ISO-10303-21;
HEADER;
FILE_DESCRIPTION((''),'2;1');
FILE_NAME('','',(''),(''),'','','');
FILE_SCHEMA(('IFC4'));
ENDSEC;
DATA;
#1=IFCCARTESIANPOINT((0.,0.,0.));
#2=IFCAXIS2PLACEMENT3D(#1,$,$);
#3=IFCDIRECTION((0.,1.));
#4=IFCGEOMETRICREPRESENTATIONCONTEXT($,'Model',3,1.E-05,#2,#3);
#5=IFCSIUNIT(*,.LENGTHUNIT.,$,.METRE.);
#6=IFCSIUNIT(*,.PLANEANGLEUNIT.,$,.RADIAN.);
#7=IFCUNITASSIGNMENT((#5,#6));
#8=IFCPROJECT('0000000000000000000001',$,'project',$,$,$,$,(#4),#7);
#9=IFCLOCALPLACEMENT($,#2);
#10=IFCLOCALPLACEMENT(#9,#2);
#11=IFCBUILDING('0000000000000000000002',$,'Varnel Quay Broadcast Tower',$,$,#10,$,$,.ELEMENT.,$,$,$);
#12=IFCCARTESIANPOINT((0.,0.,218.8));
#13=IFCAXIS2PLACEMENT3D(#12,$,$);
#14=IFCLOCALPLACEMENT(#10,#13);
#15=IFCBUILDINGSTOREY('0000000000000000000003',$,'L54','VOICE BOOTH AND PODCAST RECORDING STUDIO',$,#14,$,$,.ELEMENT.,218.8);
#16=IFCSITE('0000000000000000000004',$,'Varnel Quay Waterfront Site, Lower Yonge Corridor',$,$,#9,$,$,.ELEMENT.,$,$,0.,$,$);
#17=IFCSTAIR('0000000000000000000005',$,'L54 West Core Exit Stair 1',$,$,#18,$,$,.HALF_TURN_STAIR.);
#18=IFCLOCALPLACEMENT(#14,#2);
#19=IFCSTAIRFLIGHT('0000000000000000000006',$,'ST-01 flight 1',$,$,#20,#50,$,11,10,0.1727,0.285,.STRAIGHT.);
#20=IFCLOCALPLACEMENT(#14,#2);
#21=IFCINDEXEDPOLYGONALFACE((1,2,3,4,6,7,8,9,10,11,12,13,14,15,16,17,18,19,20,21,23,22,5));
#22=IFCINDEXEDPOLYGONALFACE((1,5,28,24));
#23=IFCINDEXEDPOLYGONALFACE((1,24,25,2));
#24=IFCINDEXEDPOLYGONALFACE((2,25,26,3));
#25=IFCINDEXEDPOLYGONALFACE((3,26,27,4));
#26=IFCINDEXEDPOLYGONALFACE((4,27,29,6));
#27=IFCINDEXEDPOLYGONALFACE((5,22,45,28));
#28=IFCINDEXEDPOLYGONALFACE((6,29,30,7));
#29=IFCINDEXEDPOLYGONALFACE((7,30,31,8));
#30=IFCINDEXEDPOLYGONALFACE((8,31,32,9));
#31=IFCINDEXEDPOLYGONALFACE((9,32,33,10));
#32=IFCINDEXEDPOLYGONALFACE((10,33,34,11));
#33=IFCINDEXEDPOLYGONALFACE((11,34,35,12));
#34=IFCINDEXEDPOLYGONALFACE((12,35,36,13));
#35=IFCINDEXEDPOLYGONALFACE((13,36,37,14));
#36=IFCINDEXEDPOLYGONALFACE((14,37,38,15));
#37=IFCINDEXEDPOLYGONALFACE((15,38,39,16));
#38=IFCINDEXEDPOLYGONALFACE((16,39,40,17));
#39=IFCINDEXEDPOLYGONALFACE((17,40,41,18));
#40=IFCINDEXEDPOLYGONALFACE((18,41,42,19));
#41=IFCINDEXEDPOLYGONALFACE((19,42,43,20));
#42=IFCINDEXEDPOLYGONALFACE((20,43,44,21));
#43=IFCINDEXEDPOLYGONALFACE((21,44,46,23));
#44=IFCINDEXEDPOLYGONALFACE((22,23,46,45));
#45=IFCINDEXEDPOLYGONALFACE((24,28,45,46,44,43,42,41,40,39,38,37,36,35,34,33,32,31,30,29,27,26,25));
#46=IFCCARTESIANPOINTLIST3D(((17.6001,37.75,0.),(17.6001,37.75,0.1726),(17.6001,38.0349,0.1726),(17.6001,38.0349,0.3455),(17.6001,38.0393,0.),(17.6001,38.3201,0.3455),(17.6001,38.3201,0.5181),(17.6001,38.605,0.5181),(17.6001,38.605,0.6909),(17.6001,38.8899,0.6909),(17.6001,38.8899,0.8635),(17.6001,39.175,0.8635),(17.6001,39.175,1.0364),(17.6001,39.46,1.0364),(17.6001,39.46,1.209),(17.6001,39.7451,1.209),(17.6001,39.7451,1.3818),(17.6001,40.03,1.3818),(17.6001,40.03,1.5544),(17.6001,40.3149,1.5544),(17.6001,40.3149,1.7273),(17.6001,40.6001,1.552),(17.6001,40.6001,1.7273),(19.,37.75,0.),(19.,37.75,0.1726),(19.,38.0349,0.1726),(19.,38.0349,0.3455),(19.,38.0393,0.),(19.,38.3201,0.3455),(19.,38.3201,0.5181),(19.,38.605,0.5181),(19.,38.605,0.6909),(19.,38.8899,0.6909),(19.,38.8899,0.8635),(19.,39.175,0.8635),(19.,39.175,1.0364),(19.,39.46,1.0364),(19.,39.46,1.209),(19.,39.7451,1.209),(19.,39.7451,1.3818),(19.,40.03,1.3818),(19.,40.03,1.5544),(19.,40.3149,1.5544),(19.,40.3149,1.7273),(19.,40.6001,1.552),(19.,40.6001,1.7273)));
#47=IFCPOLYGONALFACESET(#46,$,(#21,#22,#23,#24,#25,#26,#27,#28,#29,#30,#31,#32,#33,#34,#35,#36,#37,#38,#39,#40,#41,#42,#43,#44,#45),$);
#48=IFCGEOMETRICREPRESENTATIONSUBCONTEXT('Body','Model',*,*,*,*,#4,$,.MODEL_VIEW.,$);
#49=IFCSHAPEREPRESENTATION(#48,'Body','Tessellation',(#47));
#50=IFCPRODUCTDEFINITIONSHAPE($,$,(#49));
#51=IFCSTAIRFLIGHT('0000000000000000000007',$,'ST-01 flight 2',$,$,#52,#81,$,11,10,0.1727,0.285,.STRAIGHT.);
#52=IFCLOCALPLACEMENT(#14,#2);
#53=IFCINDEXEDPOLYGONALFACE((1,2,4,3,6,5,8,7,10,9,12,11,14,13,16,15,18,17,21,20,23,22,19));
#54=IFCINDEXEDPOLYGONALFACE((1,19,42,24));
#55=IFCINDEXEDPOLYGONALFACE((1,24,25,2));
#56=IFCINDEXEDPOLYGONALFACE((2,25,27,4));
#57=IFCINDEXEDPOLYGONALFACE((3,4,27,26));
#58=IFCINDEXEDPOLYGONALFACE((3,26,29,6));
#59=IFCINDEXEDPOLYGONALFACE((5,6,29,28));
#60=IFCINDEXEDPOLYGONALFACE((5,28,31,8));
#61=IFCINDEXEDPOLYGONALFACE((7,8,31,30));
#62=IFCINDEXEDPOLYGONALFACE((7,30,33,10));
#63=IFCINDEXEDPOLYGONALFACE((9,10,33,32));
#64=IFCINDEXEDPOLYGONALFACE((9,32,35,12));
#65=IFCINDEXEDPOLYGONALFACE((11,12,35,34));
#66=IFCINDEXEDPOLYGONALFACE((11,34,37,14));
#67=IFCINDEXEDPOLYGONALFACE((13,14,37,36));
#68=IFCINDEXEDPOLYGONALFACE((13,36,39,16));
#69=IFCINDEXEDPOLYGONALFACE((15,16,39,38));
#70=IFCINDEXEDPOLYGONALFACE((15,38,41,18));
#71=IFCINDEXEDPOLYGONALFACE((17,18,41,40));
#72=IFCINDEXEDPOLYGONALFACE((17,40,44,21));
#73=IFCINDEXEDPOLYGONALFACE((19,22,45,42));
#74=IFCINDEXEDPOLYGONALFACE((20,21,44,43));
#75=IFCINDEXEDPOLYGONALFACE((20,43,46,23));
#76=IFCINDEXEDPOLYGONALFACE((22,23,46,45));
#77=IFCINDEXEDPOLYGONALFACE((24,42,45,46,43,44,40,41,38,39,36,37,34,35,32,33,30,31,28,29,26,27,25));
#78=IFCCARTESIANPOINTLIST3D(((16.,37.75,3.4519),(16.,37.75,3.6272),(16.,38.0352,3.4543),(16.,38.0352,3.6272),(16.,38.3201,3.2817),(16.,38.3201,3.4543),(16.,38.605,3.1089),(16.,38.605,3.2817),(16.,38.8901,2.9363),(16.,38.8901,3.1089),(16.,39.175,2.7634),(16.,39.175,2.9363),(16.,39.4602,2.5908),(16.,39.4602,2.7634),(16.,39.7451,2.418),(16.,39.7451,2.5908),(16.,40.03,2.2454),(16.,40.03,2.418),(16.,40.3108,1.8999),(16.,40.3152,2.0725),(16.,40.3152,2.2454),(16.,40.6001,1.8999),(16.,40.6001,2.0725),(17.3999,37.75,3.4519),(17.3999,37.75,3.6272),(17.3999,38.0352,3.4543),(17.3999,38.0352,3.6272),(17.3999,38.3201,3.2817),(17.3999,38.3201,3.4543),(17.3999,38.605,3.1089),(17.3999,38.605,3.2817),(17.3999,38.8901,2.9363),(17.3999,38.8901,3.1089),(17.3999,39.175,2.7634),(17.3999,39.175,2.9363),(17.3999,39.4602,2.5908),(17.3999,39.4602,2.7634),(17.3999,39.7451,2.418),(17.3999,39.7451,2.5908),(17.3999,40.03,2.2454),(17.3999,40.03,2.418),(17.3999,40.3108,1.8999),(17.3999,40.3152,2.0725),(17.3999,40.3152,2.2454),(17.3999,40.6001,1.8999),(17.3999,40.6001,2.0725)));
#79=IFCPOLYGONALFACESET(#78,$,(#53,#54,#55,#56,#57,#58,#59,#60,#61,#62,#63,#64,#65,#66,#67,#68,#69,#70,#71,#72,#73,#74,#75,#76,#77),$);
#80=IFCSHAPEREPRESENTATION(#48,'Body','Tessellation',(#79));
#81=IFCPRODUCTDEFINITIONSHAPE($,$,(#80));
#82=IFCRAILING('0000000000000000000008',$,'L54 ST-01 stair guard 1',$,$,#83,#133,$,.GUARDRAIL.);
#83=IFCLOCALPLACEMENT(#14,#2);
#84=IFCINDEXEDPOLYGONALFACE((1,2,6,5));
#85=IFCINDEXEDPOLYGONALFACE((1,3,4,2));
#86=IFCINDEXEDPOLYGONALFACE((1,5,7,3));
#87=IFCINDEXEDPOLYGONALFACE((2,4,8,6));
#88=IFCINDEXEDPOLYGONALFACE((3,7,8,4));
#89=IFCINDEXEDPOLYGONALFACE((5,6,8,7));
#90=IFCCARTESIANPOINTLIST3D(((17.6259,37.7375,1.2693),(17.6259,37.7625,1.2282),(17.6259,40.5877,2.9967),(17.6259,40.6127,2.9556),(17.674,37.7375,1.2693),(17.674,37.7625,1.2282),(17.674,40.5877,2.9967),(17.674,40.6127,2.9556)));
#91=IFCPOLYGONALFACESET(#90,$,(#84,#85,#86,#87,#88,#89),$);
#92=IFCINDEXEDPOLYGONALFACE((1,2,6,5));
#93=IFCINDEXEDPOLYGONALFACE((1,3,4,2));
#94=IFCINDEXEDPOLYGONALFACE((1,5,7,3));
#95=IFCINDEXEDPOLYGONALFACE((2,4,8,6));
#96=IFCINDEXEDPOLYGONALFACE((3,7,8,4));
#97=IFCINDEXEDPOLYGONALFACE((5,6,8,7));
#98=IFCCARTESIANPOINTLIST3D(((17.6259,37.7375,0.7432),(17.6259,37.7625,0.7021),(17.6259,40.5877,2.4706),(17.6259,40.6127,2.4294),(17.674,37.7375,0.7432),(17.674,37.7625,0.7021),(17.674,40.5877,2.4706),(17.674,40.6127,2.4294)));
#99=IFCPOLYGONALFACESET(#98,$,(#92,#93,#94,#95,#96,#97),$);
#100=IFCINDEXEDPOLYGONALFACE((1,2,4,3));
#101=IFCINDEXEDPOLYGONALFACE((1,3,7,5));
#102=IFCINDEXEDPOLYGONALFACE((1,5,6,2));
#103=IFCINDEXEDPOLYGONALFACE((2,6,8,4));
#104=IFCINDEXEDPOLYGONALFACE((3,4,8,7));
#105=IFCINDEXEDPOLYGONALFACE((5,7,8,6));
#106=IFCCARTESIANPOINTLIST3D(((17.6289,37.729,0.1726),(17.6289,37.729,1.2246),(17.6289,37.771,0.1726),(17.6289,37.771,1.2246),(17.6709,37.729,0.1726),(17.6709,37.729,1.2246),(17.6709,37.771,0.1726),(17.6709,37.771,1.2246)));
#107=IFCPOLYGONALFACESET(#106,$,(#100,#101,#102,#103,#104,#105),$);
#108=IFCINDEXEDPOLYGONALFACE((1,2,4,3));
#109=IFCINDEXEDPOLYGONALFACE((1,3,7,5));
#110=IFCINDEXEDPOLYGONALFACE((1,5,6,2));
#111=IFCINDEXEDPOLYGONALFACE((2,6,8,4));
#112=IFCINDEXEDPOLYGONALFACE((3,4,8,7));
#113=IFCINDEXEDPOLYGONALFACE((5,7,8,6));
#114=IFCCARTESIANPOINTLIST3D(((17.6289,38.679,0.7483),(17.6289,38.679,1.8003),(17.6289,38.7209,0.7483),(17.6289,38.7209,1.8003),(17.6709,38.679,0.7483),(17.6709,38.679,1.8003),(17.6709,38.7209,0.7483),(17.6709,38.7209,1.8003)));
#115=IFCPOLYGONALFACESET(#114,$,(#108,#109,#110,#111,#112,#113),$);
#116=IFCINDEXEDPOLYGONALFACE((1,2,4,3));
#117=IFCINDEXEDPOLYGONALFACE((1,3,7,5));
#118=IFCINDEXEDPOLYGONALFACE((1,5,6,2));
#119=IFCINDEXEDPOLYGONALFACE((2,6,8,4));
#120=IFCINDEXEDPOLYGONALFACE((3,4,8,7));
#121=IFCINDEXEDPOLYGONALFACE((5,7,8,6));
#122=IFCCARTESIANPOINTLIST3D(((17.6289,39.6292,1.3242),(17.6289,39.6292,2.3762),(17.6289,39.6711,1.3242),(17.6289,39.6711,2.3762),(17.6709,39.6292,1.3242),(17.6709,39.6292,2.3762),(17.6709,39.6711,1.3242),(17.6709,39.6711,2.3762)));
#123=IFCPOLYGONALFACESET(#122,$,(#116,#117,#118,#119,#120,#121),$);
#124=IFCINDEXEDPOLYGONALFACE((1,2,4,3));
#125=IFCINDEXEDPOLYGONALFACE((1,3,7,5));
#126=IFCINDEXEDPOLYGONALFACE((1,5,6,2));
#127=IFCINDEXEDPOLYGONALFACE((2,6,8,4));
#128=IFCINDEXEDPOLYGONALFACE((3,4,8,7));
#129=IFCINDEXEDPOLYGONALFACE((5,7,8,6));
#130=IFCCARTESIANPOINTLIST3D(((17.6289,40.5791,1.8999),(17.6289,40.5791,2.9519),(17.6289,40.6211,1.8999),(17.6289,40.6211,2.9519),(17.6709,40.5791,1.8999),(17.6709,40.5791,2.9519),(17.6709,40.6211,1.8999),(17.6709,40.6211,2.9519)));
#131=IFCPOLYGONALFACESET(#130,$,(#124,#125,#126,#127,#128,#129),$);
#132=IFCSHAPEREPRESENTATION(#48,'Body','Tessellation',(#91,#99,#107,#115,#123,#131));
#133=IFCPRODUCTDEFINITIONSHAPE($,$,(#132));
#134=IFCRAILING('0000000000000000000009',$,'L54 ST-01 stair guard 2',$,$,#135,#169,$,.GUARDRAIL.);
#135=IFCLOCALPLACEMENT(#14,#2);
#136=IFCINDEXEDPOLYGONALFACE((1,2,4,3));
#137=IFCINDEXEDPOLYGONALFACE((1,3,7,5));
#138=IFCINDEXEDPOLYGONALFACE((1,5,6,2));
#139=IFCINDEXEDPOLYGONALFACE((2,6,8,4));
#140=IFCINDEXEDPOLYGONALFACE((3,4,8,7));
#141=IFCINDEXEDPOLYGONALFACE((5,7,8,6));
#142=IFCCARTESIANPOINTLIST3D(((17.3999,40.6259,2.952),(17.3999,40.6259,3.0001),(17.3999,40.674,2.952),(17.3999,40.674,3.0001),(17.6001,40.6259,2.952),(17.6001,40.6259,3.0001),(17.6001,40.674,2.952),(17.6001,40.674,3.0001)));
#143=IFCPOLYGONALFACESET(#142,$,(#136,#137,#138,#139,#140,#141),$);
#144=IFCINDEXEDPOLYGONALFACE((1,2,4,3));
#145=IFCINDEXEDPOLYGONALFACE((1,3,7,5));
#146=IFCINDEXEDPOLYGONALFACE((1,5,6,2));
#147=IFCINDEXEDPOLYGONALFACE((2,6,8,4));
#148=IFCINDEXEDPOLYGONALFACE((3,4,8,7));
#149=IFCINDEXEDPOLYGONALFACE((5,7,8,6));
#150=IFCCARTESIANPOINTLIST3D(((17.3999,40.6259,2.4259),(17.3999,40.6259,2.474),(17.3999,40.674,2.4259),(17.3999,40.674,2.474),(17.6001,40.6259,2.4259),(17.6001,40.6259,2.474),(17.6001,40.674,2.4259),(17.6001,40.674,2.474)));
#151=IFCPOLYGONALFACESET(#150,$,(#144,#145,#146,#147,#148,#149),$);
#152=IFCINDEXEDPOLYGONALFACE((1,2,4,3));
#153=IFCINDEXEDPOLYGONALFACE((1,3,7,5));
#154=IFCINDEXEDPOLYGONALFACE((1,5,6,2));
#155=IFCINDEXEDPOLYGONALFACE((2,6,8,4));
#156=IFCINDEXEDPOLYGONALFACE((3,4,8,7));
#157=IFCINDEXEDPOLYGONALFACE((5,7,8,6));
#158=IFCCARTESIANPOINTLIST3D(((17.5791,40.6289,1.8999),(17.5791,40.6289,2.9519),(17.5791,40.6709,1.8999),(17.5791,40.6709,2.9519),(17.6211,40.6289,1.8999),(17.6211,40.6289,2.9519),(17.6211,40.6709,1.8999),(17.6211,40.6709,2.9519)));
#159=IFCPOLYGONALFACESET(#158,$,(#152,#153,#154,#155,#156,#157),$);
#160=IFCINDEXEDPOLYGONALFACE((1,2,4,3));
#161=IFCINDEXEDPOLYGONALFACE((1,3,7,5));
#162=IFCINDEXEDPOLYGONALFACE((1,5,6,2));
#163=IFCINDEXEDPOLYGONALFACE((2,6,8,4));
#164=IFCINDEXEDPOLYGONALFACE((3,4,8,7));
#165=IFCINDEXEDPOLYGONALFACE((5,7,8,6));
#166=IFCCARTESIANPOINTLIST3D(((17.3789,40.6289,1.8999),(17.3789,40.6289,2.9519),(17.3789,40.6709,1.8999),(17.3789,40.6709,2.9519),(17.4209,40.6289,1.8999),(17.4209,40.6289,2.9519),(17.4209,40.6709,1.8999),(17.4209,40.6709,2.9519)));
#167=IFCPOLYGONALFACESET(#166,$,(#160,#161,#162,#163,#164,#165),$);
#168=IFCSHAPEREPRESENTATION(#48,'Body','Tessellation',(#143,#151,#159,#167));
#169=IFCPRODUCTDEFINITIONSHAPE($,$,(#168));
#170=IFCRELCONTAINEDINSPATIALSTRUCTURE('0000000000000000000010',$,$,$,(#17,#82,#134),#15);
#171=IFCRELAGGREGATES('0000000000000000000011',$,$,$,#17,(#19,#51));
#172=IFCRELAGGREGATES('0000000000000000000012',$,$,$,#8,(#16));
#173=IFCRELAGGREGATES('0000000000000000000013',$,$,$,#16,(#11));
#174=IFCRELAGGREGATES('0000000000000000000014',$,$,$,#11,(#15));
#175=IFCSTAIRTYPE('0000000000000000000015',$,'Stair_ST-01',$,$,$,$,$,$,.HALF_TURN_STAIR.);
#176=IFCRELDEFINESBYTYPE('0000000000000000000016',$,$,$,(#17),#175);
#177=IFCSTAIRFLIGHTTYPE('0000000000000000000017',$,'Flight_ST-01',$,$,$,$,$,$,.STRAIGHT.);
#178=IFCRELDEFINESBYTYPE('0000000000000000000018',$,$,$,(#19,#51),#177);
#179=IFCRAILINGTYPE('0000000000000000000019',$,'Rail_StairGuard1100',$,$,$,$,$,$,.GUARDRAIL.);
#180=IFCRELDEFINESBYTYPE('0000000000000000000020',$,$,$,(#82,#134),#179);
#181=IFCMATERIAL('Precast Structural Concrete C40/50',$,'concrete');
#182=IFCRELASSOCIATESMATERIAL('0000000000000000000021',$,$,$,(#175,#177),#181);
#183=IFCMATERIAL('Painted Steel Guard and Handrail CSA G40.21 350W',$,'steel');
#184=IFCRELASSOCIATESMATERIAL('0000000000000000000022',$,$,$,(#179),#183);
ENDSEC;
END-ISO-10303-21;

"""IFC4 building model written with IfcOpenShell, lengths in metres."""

from ifc_helpers import new_model, si_unit, direction, frame, origin, origin_2d, place, context, subcontext, project, spatial, polyline, rectangle, outline, extrude, material, type_object, element, aggregate, save


model = new_model("IFC4")

# Units and contexts
model_context = context("Model", 3, precision=1e-05, world=origin(), true_north=direction((0.0, 1.0)))
body_context = subcontext(model_context, "Body", "Model", "MODEL_VIEW")
ifc_project = project(units=[si_unit("LENGTHUNIT", "METRE"), si_unit("PLANEANGLEUNIT", "RADIAN")], contexts=[model_context])

# Site, building, storey
site_placement = place(None, origin())
site = spatial("IfcSite", under=ifc_project, at=site_placement, Name="Varnel Quay Waterfront Site, Lower Yonge Corridor", CompositionType="ELEMENT", RefElevation=0.0)
building_placement = place(site_placement, origin())
building = spatial("IfcBuilding", under=site, at=building_placement, Name="Varnel Quay Broadcast Tower", CompositionType="ELEMENT")
storey_placement = place(building_placement, frame((0.0, 0.0, 218.8)))
storey = spatial("IfcBuildingStorey", under=building, at=storey_placement, Name="L54", Description="VOICE BOOTH AND PODCAST RECORDING STUDIO", CompositionType="ELEMENT", Elevation=218.8)

# Stair, stair flights
ifc_material_1 = material(Name="Precast Structural Concrete C40/50", Category="concrete")
stair_type = type_object("IfcStairType", Name="Stair_ST-01", PredefinedType="HALF_TURN_STAIR", material=ifc_material_1)
stair_placement = place(storey_placement, origin())
stair = element("IfcStair", 1, at=stair_placement, inside=storey, type_object=stair_type, Name="L54 West Core Exit Stair 1", PredefinedType="HALF_TURN_STAIR")
stair_flight_type = type_object("IfcStairFlightType", Name="Flight_ST-01", PredefinedType="STRAIGHT", material=ifc_material_1)
stair_flight_1_placement = place(storey_placement, frame((18.3, 37.75, 0.0), z_axis=(0.0, 0.0, 1.0), x_axis=(0.0, 1.0, 0.0)))
stair_flight_1 = element("IfcStairFlight", 2, at=stair_flight_1_placement, type_object=stair_flight_type, Name="ST-01 flight 1", NumberOfRisers=11, NumberOfTreads=10, PredefinedType="STRAIGHT", RiserHeight=0.1727, TreadLength=0.285, context=body_context, shape_type="SweptSolid", body=[
    extrude(outline(polyline([(0.0, 0.0), (0.0, 0.1726), (0.2849, 0.1726), (0.2849, 0.3455), (0.5701, 0.3455), (0.5701, 0.5181), (0.855, 0.5181), (0.855, 0.6909), (1.1399, 0.6909), (1.1399, 0.8635), (1.425, 0.8635), (1.425, 1.0364), (1.71, 1.0364), (1.71, 1.209), (1.9951, 1.209), (1.9951, 1.3818), (2.28, 1.3818), (2.28, 1.5544), (2.5649, 1.5544), (2.5649, 1.7273), (2.8501, 1.7273), (2.8501, 1.8999), (2.8501, 1.552), (0.2893, 0.0), (0.0, 0.0)])), frame((0.0, 0.7, 0.0), z_axis=(0.0, -1.0, 0.0), x_axis=(1.0, 0.0, 0.0)), (0.0, 0.0, 1.0), 1.3999),
])
stair_flight_2_placement = place(storey_placement, frame((16.7, 40.6001, 1.8999), z_axis=(0.0, 0.0, 1.0), x_axis=(0.0, -1.0, 0.0)))
stair_flight_2 = element("IfcStairFlight", 3, at=stair_flight_2_placement, type_object=stair_flight_type, Name="ST-01 flight 2", NumberOfRisers=11, NumberOfTreads=10, PredefinedType="STRAIGHT", RiserHeight=0.1727, TreadLength=0.285, context=body_context, shape_type="SweptSolid", body=[
    extrude(outline(polyline([(0.0, 0.0), (0.0, 0.1726), (0.2849, 0.1726), (0.2849, 0.3455), (0.5701, 0.3455), (0.5701, 0.5181), (0.855, 0.5181), (0.855, 0.6909), (1.1399, 0.6909), (1.1399, 0.8635), (1.425, 0.8635), (1.425, 1.0364), (1.71, 1.0364), (1.71, 1.209), (1.9951, 1.209), (1.9951, 1.3818), (2.28, 1.3818), (2.28, 1.5544), (2.5649, 1.5544), (2.5649, 1.7273), (2.8501, 1.7273), (2.8501, 1.8999), (2.8501, 1.552), (0.2893, 0.0), (0.0, 0.0)])), frame((0.0, 0.7, 0.0), z_axis=(0.0, -1.0, 0.0), x_axis=(1.0, 0.0, 0.0)), (0.0, 0.0, 1.0), 1.3999),
])
aggregate(stair, [stair_flight_1, stair_flight_2])

# Railings
ifc_material_2 = material(Name="Painted Steel Guard and Handrail CSA G40.21 350W", Category="steel")
railing_type_1 = type_object("IfcRailingType", Name="Rail_StairGuard1100", PredefinedType="GUARDRAIL", material=ifc_material_2)
railing_1_placement = place(storey_placement, frame((17.6499, 37.75, 0.1726)))
element("IfcRailing", 4, at=railing_1_placement, inside=storey, type_object=railing_type_1, Name="L54 ST-01 stair guard 1", PredefinedType="GUARDRAIL", context=body_context, shape_type="SweptSolid", body=[
    extrude(rectangle(XDim=0.0481, YDim=0.0481, at=origin_2d()), frame((0.0, 0.0, 1.0762), z_axis=(0.0, 0.855203, 0.518294), x_axis=(-1.0, 0.0, 0.0)), (0.0, 0.0, 1.0), 3.3328),
    extrude(rectangle(XDim=0.0481, YDim=0.0481, at=origin_2d()), frame((0.0, 0.0, 0.55), z_axis=(0.0, 0.855203, 0.518294), x_axis=(-1.0, 0.0, 0.0)), (0.0, 0.0, 1.0), 3.3328),
    extrude(rectangle(XDim=0.042, YDim=0.042, at=origin_2d()), origin(), (0.0, 0.0, 1.0), 1.052),
    extrude(rectangle(XDim=0.042, YDim=0.042, at=origin_2d()), frame((0.0, 0.95, 0.5757)), (0.0, 0.0, 1.0), 1.052),
    extrude(rectangle(XDim=0.042, YDim=0.042, at=origin_2d()), frame((0.0, 1.9001, 1.1516)), (0.0, 0.0, 1.0), 1.052),
    extrude(rectangle(XDim=0.042, YDim=0.042, at=origin_2d()), frame((0.0, 2.8501, 1.7273)), (0.0, 0.0, 1.0), 1.052),
])
railing_2_placement = place(storey_placement, frame((17.6001, 40.6499, 1.8999)))
element("IfcRailing", 5, at=railing_2_placement, inside=storey, type_object=railing_type_1, Name="L54 ST-01 stair guard 2", PredefinedType="GUARDRAIL", context=body_context, shape_type="SweptSolid", body=[
    extrude(rectangle(XDim=0.0481, YDim=0.0481, at=origin_2d()), frame((0.0, 0.0, 1.0762), z_axis=(-1.0, 0.0, 0.0), x_axis=(0.0, -1.0, 0.0)), (0.0, 0.0, 1.0), 0.2002),
    extrude(rectangle(XDim=0.0481, YDim=0.0481, at=origin_2d()), frame((0.0, 0.0, 0.55), z_axis=(-1.0, 0.0, 0.0), x_axis=(0.0, -1.0, 0.0)), (0.0, 0.0, 1.0), 0.2002),
    extrude(rectangle(XDim=0.042, YDim=0.042, at=origin_2d()), origin(), (0.0, 0.0, 1.0), 1.052),
    extrude(rectangle(XDim=0.042, YDim=0.042, at=origin_2d()), frame((-0.2002, 0.0, 0.0)), (0.0, 0.0, 1.0), 1.052),
])

save(model, "model.ifc")
